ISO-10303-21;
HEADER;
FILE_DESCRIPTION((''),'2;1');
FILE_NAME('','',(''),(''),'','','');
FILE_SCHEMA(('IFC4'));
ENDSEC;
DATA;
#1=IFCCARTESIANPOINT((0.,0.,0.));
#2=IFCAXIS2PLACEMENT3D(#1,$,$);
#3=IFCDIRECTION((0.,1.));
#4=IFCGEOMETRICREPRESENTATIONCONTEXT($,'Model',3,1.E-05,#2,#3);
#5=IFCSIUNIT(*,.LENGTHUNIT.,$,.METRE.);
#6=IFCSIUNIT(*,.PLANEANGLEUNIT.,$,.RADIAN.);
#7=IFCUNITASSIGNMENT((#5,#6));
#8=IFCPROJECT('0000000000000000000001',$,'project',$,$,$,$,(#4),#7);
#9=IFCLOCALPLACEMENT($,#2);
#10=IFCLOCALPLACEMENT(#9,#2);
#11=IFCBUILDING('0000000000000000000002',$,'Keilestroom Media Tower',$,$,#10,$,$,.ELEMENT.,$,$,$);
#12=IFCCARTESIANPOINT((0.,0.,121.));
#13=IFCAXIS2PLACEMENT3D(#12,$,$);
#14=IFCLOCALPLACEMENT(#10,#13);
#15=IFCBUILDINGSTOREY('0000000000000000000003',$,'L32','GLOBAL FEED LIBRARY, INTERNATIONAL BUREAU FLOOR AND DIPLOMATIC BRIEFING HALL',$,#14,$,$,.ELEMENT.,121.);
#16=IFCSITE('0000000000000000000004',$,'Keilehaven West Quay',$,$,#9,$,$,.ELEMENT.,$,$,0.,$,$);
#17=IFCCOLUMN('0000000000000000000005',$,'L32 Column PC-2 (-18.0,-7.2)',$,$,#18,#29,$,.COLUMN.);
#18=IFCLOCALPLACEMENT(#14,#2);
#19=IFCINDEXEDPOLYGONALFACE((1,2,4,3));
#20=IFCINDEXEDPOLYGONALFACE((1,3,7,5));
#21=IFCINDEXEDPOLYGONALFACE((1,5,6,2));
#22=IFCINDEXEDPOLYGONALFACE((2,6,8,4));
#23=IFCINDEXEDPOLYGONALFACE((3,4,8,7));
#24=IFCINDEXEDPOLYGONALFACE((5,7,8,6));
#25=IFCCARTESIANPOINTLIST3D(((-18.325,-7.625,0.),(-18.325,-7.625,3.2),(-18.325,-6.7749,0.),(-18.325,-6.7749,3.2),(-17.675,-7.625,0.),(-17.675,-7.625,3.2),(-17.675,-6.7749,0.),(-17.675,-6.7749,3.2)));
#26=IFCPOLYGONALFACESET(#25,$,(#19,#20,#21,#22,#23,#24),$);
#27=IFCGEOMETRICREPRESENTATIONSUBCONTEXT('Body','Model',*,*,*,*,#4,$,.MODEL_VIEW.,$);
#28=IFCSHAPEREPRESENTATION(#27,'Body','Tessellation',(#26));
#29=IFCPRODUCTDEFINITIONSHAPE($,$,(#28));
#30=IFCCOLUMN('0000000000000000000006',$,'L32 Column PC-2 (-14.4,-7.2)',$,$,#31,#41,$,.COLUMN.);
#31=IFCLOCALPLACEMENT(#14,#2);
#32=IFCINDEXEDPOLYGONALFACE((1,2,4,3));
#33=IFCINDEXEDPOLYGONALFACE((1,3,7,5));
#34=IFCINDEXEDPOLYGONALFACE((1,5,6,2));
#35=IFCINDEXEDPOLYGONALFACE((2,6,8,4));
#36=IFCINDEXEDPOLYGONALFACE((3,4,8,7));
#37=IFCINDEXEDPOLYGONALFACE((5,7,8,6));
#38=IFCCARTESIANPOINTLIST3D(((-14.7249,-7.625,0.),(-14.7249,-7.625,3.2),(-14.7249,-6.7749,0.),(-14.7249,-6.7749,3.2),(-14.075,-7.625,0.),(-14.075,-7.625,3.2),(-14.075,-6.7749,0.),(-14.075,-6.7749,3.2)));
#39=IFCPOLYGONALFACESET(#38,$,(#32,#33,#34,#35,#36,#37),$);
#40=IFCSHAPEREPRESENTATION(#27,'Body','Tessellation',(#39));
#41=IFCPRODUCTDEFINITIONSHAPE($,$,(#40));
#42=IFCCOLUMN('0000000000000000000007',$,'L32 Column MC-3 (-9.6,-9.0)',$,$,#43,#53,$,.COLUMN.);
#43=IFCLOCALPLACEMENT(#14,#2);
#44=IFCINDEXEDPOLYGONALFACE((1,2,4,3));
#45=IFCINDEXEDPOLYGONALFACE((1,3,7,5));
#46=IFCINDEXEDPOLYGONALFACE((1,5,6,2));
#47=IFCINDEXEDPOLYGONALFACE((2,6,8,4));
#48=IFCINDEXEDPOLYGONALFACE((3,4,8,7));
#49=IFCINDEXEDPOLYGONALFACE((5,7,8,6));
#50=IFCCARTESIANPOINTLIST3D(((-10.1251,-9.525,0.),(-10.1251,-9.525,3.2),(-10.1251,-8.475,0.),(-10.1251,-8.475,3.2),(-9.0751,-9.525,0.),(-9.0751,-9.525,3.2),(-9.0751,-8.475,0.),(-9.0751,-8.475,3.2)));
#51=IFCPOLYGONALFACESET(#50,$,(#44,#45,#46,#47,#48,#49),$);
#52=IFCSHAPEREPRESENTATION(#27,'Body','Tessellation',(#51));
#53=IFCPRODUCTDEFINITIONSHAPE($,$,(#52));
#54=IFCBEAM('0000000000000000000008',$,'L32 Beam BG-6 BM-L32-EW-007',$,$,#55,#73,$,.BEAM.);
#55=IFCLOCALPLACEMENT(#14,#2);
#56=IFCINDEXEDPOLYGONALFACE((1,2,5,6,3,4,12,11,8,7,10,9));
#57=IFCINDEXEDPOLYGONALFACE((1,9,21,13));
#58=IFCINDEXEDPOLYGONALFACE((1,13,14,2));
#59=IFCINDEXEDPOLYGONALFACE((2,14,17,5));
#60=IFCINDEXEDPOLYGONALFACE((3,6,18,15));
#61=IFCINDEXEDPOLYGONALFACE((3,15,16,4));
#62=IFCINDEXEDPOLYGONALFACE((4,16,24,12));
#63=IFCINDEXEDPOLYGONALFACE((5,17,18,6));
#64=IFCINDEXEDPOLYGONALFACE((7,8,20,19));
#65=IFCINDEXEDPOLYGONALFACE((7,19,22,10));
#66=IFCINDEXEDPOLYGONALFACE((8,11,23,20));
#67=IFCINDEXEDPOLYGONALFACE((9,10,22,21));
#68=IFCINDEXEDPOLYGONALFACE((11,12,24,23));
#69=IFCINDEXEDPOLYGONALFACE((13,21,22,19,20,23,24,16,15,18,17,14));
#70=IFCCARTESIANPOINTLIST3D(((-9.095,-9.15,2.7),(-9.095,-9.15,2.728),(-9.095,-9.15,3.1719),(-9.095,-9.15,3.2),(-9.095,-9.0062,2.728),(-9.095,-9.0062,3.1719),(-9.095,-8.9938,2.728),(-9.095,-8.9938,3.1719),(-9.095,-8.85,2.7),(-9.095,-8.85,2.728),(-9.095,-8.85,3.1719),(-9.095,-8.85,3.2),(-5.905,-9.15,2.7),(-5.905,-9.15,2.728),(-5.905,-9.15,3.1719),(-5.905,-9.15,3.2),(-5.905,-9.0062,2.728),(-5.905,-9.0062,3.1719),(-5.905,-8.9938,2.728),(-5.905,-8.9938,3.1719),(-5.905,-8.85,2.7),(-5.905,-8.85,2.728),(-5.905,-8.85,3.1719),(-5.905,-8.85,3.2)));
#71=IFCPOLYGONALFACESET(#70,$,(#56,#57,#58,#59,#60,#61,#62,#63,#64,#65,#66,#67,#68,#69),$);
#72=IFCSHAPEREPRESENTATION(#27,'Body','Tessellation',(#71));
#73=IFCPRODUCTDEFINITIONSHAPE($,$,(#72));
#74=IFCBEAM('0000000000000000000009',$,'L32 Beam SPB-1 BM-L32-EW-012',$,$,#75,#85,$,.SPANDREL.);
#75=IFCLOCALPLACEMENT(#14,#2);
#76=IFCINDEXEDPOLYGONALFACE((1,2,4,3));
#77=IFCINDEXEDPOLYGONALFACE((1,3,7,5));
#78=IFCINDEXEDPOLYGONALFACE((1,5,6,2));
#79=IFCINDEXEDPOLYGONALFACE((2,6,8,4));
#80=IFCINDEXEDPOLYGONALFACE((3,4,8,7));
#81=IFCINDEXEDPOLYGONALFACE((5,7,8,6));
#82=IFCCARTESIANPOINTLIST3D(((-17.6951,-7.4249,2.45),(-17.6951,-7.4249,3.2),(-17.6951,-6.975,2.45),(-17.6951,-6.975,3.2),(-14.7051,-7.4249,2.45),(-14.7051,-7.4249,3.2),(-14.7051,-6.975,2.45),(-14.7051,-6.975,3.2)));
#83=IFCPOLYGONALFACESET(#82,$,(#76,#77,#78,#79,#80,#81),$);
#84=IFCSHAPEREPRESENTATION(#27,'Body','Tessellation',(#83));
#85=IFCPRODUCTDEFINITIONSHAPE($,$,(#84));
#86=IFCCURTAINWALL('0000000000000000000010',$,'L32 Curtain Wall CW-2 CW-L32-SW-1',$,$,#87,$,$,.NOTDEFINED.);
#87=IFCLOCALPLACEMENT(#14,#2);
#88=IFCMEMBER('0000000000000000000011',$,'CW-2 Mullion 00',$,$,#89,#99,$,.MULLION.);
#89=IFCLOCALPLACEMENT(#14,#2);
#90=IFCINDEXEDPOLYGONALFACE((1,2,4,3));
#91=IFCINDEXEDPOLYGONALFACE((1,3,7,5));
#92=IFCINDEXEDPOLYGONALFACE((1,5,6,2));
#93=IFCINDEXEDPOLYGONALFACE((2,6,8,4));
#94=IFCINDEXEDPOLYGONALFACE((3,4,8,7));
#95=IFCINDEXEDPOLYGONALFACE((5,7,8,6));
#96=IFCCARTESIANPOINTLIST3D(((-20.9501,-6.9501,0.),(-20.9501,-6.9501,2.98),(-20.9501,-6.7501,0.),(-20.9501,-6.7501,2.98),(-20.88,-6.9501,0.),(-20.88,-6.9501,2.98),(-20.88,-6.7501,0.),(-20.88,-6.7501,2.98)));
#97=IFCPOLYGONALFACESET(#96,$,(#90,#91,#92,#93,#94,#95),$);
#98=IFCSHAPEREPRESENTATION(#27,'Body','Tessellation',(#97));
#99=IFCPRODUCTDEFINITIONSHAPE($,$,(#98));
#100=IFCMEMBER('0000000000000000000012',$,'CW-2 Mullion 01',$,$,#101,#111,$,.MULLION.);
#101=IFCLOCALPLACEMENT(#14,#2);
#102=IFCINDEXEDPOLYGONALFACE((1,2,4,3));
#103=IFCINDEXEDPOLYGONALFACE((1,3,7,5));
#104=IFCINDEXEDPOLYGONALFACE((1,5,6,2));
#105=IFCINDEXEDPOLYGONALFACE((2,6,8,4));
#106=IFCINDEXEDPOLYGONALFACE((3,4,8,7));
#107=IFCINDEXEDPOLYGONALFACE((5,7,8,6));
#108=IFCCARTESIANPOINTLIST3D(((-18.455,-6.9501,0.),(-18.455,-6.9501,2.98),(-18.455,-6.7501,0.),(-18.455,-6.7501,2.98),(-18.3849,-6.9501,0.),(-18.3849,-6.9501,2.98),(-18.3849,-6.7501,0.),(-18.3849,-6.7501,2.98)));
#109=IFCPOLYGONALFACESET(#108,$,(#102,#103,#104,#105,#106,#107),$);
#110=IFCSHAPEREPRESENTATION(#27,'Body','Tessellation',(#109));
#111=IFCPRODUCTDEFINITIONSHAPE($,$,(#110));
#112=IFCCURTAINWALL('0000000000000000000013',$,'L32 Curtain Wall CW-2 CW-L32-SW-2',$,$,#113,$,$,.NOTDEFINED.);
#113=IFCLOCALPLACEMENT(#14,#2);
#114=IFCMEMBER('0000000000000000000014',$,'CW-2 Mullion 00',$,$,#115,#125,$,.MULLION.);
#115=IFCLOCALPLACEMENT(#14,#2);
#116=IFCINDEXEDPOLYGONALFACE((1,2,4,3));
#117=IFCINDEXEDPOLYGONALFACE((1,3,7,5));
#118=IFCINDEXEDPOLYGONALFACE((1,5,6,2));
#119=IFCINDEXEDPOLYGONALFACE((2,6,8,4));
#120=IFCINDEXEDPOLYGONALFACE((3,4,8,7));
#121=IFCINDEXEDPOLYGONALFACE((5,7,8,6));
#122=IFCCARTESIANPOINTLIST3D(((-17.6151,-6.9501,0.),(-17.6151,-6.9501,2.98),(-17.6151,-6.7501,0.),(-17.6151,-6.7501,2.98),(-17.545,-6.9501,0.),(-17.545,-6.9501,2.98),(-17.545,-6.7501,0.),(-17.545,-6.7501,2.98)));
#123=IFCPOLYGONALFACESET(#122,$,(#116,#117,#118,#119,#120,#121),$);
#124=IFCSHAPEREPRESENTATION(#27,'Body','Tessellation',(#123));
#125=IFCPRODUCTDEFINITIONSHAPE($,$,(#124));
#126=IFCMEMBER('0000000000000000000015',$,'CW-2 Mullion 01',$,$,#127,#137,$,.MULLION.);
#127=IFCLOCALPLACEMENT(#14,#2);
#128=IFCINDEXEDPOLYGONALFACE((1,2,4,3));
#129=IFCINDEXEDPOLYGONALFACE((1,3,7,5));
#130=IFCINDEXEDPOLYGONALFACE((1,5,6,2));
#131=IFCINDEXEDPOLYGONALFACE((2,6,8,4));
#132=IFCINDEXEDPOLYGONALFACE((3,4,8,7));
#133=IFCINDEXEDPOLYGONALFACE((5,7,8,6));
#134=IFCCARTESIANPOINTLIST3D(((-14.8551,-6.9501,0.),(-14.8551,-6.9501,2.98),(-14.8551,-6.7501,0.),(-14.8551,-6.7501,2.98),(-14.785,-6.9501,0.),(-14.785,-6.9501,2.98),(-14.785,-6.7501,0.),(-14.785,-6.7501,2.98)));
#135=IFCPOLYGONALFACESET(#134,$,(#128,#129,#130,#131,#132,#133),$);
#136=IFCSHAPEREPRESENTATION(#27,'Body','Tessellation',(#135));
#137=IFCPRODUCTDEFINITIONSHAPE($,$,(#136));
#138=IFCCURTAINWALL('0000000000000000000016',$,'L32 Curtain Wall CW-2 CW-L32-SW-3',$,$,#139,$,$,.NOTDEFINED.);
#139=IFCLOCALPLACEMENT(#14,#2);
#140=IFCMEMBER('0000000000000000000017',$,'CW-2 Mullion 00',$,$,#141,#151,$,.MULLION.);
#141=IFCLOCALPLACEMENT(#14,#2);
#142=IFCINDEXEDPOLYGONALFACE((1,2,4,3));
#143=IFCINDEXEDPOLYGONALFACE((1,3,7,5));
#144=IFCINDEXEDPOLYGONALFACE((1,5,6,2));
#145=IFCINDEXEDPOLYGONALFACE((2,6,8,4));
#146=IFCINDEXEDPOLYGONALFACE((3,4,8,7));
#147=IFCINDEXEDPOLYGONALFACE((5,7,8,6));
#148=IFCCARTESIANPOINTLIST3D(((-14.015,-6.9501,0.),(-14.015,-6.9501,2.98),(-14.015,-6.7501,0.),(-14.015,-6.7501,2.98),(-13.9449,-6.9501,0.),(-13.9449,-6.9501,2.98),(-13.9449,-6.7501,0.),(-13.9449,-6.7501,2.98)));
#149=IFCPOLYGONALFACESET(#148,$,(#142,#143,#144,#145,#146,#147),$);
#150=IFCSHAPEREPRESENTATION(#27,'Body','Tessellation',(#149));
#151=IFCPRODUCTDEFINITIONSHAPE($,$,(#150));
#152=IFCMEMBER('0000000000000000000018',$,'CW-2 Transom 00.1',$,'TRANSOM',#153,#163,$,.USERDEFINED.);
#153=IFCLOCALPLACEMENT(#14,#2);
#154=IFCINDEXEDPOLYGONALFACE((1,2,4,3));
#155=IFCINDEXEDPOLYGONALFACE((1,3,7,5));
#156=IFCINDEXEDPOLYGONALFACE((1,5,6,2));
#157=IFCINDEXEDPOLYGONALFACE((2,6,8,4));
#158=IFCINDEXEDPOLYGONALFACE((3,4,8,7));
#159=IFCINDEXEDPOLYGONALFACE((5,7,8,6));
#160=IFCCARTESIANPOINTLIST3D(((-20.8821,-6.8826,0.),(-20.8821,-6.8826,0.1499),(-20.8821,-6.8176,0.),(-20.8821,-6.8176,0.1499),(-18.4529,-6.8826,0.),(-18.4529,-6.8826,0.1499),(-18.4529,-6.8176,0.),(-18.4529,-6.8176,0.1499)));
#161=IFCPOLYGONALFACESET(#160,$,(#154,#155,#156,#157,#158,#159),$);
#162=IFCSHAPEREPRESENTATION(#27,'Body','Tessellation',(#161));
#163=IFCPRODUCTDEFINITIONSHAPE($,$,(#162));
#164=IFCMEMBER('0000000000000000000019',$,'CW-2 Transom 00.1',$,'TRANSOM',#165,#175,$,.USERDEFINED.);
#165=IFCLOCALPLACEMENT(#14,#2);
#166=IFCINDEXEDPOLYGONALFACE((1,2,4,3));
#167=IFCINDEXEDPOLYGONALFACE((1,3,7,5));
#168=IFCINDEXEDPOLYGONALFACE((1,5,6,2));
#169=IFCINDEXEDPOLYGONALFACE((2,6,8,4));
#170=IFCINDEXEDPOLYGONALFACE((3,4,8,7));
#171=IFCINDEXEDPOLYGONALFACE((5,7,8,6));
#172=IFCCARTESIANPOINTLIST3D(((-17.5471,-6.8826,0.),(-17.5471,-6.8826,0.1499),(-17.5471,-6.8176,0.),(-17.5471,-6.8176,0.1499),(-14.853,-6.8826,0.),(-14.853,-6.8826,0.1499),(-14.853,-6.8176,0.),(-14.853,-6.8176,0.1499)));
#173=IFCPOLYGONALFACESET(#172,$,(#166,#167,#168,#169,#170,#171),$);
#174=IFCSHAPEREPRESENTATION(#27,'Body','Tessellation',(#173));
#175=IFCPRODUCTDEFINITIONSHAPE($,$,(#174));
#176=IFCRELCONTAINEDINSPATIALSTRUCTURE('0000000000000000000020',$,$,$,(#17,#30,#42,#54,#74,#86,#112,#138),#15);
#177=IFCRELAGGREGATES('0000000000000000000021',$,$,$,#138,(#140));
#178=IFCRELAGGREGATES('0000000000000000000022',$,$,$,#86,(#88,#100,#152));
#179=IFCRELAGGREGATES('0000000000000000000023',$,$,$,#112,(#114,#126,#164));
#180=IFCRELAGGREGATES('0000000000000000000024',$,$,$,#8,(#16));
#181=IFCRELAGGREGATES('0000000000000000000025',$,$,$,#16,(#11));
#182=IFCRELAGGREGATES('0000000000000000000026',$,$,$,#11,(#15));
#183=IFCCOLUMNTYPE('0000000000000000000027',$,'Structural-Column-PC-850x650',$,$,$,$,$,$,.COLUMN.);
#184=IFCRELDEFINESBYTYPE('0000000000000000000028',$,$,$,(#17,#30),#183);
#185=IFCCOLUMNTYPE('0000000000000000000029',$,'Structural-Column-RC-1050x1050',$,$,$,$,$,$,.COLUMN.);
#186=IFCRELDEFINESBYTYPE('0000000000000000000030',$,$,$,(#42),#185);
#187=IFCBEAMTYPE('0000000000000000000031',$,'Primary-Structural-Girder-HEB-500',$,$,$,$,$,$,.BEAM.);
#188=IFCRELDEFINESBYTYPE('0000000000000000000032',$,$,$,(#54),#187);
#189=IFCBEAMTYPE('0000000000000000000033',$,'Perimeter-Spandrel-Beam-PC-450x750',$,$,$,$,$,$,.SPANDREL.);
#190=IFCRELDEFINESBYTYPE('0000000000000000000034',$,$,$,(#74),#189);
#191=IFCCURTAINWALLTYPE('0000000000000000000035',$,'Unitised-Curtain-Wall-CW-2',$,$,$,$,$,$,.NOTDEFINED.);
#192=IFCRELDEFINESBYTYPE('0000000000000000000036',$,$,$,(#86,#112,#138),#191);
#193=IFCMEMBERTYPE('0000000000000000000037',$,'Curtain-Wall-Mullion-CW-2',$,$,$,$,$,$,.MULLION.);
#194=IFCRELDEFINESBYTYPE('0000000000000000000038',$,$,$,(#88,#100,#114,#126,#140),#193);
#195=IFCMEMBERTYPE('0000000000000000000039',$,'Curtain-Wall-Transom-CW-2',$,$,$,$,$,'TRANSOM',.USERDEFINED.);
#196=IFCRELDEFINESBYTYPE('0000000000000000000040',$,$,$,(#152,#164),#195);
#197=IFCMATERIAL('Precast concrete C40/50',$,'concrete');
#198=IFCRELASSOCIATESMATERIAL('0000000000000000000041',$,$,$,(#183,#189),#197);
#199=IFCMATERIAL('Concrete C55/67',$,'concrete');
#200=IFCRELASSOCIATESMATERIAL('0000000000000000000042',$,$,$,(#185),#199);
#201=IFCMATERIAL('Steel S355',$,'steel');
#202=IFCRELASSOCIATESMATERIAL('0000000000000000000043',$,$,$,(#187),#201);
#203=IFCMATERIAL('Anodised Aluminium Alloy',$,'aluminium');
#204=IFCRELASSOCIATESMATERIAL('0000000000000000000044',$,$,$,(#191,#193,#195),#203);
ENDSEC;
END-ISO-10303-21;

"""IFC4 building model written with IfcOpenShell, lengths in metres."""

from ifc_helpers import new_model, si_unit, direction, frame, origin, origin_2d, place, context, subcontext, project, spatial, rectangle, i_section, extrude, source, transform, mapped, material, material_profile, profile_set, type_object, element, aggregate, save


model = new_model("IFC4")

# Units and contexts
model_context = context("Model", 3, precision=1e-05, world=origin(), true_north=direction((0.0, 1.0)))
body_context = subcontext(model_context, "Body", "Model", "MODEL_VIEW")
ifc_project = project(units=[si_unit("LENGTHUNIT", "METRE"), si_unit("PLANEANGLEUNIT", "RADIAN")], contexts=[model_context])

# Site, building, storey
site_placement = place(None, origin())
site = spatial("IfcSite", under=ifc_project, at=site_placement, Name="Keilehaven West Quay", CompositionType="ELEMENT", RefElevation=0.0)
building_placement = place(site_placement, origin())
building = spatial("IfcBuilding", under=site, at=building_placement, Name="Keilestroom Media Tower", CompositionType="ELEMENT")
storey_placement = place(building_placement, frame((0.0, 0.0, 121.0)))
storey = spatial("IfcBuildingStorey", under=building, at=storey_placement, Name="L32", Description="GLOBAL FEED LIBRARY, INTERNATIONAL BUREAU FLOOR AND DIPLOMATIC BRIEFING HALL", CompositionType="ELEMENT", Elevation=121.0)

# Columns
ifc_material_1 = material(Name="Precast concrete C40/50", Category="concrete")
ifc_material_profile_1 = material_profile(ifc_material_1, rectangle(XDim=0.6499, YDim=0.8501, at=origin_2d()), Name="PC 850x650")
ifc_profile_set_1 = profile_set([ifc_material_profile_1], Name="Precast concrete C40/50")
column_type_1 = type_object("IfcColumnType", Name="Structural-Column-PC-850x650", PredefinedType="COLUMN", material=ifc_profile_set_1)
shared_shape_1 = source(origin(), body_context, "Body", "SweptSolid", [
    extrude(rectangle(XDim=0.6499, YDim=0.8501, at=origin_2d()), origin(), (0.0, 0.0, 1.0), 3.2),
])
for number, where, z_axis, x_axis, name in (
    (1, (-18.0, -7.2, 0.0), (0.0, 0.0, 1.0), (1.0, 0.0, 0.0), "L32 Column PC-2 (-18.0,-7.2)"),
    (2, (-14.3999, -7.2, 0.0), (0.0, 0.0, 1.0), (1.0, 0.0, 0.0), "L32 Column PC-2 (-14.4,-7.2)"),
):
    element("IfcColumn", number, at=place(storey_placement, frame(where, z_axis=z_axis, x_axis=x_axis)), inside=storey, type_object=column_type_1, Name=name, PredefinedType="COLUMN", context=body_context, shape_type="MappedRepresentation", body=[
        mapped(shared_shape_1, transform((0.0, 0.0, 0.0), x_axis=(1.0, 0.0, 0.0), y_axis=(0.0, 1.0, 0.0), z_axis=(0.0, 0.0, 1.0), scale=1.0)),
    ])
ifc_material_2 = material(Name="Concrete C55/67", Category="concrete")
ifc_material_profile_2 = material_profile(ifc_material_2, rectangle(XDim=1.05, YDim=1.05, at=origin_2d()), Name="RC 1050x1050")
ifc_profile_set_2 = profile_set([ifc_material_profile_2], Name="Concrete C55/67")
column_type_2 = type_object("IfcColumnType", Name="Structural-Column-RC-1050x1050", PredefinedType="COLUMN", material=ifc_profile_set_2)
shared_shape_2 = source(origin(), body_context, "Body", "SweptSolid", [
    extrude(rectangle(XDim=1.05, YDim=1.05, at=origin_2d()), origin(), (0.0, 0.0, 1.0), 3.2),
])
column_placement = place(storey_placement, frame((-9.6001, -9.0, 0.0), z_axis=(0.0, 0.0, 1.0), x_axis=(1.0, 0.0, 0.0)))
element("IfcColumn", 3, at=column_placement, inside=storey, type_object=column_type_2, Name="L32 Column MC-3 (-9.6,-9.0)", PredefinedType="COLUMN", context=body_context, shape_type="MappedRepresentation", body=[
    mapped(shared_shape_2, transform((0.0, 0.0, 0.0), x_axis=(1.0, 0.0, 0.0), y_axis=(0.0, 1.0, 0.0), z_axis=(0.0, 0.0, 1.0), scale=1.0)),
])

# Beams
ifc_material_3 = material(Name="Steel S355", Category="steel")
ifc_material_profile_3 = material_profile(ifc_material_3, i_section(OverallWidth=0.3, OverallDepth=0.5, WebThickness=0.0125, FlangeThickness=0.0281, at=origin_2d()), Name="HEB 500")
ifc_profile_set_3 = profile_set([ifc_material_profile_3], Name="Steel S355")
beam_type_1 = type_object("IfcBeamType", Name="Primary-Structural-Girder-HEB-500", PredefinedType="BEAM", material=ifc_profile_set_3)
shared_shape_3 = source(origin(), body_context, "Body", "SweptSolid", [
    extrude(i_section(OverallWidth=0.3, OverallDepth=0.5, WebThickness=0.0125, FlangeThickness=0.0281, at=origin_2d()), origin(), (0.0, 0.0, 1.0), 3.1899),
])
beam_1_placement = place(storey_placement, frame((-9.095, -9.0, 2.95), z_axis=(1.0, 0.0, 0.0), x_axis=(0.0, 1.0, 0.0)))
element("IfcBeam", 4, at=beam_1_placement, inside=storey, type_object=beam_type_1, Name="L32 Beam BG-6 BM-L32-EW-007", PredefinedType="BEAM", context=body_context, shape_type="MappedRepresentation", body=[
    mapped(shared_shape_3, transform((0.0, 0.0, 0.0), x_axis=(1.0, 0.0, 0.0), y_axis=(0.0, 1.0, 0.0), z_axis=(0.0, 0.0, 1.0), scale=1.0)),
])
ifc_material_profile_4 = material_profile(ifc_material_1, rectangle(XDim=0.45, YDim=0.75, at=origin_2d()), Name="PC 450x750")
ifc_profile_set_4 = profile_set([ifc_material_profile_4], Name="Precast concrete C40/50")
beam_type_2 = type_object("IfcBeamType", Name="Perimeter-Spandrel-Beam-PC-450x750", PredefinedType="SPANDREL", material=ifc_profile_set_4)
shared_shape_4 = source(origin(), body_context, "Body", "SweptSolid", [
    extrude(rectangle(XDim=0.45, YDim=0.75, at=origin_2d()), origin(), (0.0, 0.0, 1.0), 2.99),
])
beam_2_placement = place(storey_placement, frame((-17.6951, -7.2, 2.825), z_axis=(1.0, 0.0, 0.0), x_axis=(0.0, 1.0, 0.0)))
element("IfcBeam", 5, at=beam_2_placement, inside=storey, type_object=beam_type_2, Name="L32 Beam SPB-1 BM-L32-EW-012", PredefinedType="SPANDREL", context=body_context, shape_type="MappedRepresentation", body=[
    mapped(shared_shape_4, transform((0.0, 0.0, 0.0), x_axis=(1.0, 0.0, 0.0), y_axis=(0.0, 1.0, 0.0), z_axis=(0.0, 0.0, 1.0), scale=1.0)),
])

# Curtain walls, members
ifc_material_4 = material(Name="Anodised Aluminium Alloy", Category="aluminium")
curtain_wall_type = type_object("IfcCurtainWallType", Name="Unitised-Curtain-Wall-CW-2", PredefinedType="NOTDEFINED", material=ifc_material_4)
curtain_wall_1_placement = place(storey_placement, origin())
curtain_wall_1 = element("IfcCurtainWall", 6, at=curtain_wall_1_placement, inside=storey, type_object=curtain_wall_type, Name="L32 Curtain Wall CW-2 CW-L32-SW-1", PredefinedType="NOTDEFINED")
ifc_material_profile_5 = material_profile(ifc_material_4, rectangle(XDim=0.0701, YDim=0.2, at=origin_2d()), Name="ALU MULLION 70x200")
ifc_profile_set_5 = profile_set([ifc_material_profile_5], Name="Anodised Aluminium Alloy")
member_type_1 = type_object("IfcMemberType", Name="Curtain-Wall-Mullion-CW-2", PredefinedType="MULLION", material=ifc_profile_set_5)
shared_shape_5 = source(origin(), body_context, "Body", "SweptSolid", [
    extrude(rectangle(XDim=0.0701, YDim=0.2, at=origin_2d()), origin(), (0.0, 0.0, 1.0), 2.98),
])
member_1_placement = place(storey_placement, frame((-20.915, -6.8501, 0.0), z_axis=(0.0, 0.0, 1.0), x_axis=(1.0, 0.0, 0.0)))
member_1 = element("IfcMember", 7, at=member_1_placement, type_object=member_type_1, Name="CW-2 Mullion 00", PredefinedType="MULLION", context=body_context, shape_type="MappedRepresentation", body=[
    mapped(shared_shape_5, transform((0.0, 0.0, 0.0), x_axis=(1.0, 0.0, 0.0), y_axis=(0.0, 1.0, 0.0), z_axis=(0.0, 0.0, 1.0), scale=1.0)),
])
member_2_placement = place(storey_placement, frame((-18.4199, -6.8501, 0.0), z_axis=(0.0, 0.0, 1.0), x_axis=(1.0, 0.0, 0.0)))
member_2 = element("IfcMember", 8, at=member_2_placement, type_object=member_type_1, Name="CW-2 Mullion 01", PredefinedType="MULLION", context=body_context, shape_type="MappedRepresentation", body=[
    mapped(shared_shape_5, transform((0.0, 0.0, 0.0), x_axis=(1.0, 0.0, 0.0), y_axis=(0.0, 1.0, 0.0), z_axis=(0.0, 0.0, 1.0), scale=1.0)),
])
curtain_wall_2_placement = place(storey_placement, origin())
curtain_wall_2 = element("IfcCurtainWall", 9, at=curtain_wall_2_placement, inside=storey, type_object=curtain_wall_type, Name="L32 Curtain Wall CW-2 CW-L32-SW-2", PredefinedType="NOTDEFINED")
member_3_placement = place(storey_placement, frame((-17.5801, -6.8501, 0.0), z_axis=(0.0, 0.0, 1.0), x_axis=(1.0, 0.0, 0.0)))
member_3 = element("IfcMember", 10, at=member_3_placement, type_object=member_type_1, Name="CW-2 Mullion 00", PredefinedType="MULLION", context=body_context, shape_type="MappedRepresentation", body=[
    mapped(shared_shape_5, transform((0.0, 0.0, 0.0), x_axis=(1.0, 0.0, 0.0), y_axis=(0.0, 1.0, 0.0), z_axis=(0.0, 0.0, 1.0), scale=1.0)),
])
member_4_placement = place(storey_placement, frame((-14.8201, -6.8501, 0.0), z_axis=(0.0, 0.0, 1.0), x_axis=(1.0, 0.0, 0.0)))
member_4 = element("IfcMember", 11, at=member_4_placement, type_object=member_type_1, Name="CW-2 Mullion 01", PredefinedType="MULLION", context=body_context, shape_type="MappedRepresentation", body=[
    mapped(shared_shape_5, transform((0.0, 0.0, 0.0), x_axis=(1.0, 0.0, 0.0), y_axis=(0.0, 1.0, 0.0), z_axis=(0.0, 0.0, 1.0), scale=1.0)),
])

# Curtain wall, member
curtain_wall_3_placement = place(storey_placement, origin())
curtain_wall_3 = element("IfcCurtainWall", 12, at=curtain_wall_3_placement, inside=storey, type_object=curtain_wall_type, Name="L32 Curtain Wall CW-2 CW-L32-SW-3", PredefinedType="NOTDEFINED")
member_5_placement = place(storey_placement, frame((-13.98, -6.8501, 0.0), z_axis=(0.0, 0.0, 1.0), x_axis=(1.0, 0.0, 0.0)))
member_5 = element("IfcMember", 13, at=member_5_placement, type_object=member_type_1, Name="CW-2 Mullion 00", PredefinedType="MULLION", context=body_context, shape_type="MappedRepresentation", body=[
    mapped(shared_shape_5, transform((0.0, 0.0, 0.0), x_axis=(1.0, 0.0, 0.0), y_axis=(0.0, 1.0, 0.0), z_axis=(0.0, 0.0, 1.0), scale=1.0)),
])
aggregate(curtain_wall_3, [member_5])

# Members
ifc_material_profile_6 = material_profile(ifc_material_4, rectangle(XDim=0.0649, YDim=0.1499, at=origin_2d()), Name="ALU TRANSOM 65x150")
ifc_profile_set_6 = profile_set([ifc_material_profile_6], Name="Anodised Aluminium Alloy")
member_type_2 = type_object("IfcMemberType", Name="Curtain-Wall-Transom-CW-2", ElementType="TRANSOM", PredefinedType="USERDEFINED", material=ifc_profile_set_6)
shared_shape_6 = source(origin(), body_context, "Body", "SweptSolid", [
    extrude(rectangle(XDim=0.0649, YDim=0.1499, at=origin_2d()), origin(), (0.0, 0.0, 1.0), 2.4292),
])
member_6_placement = place(storey_placement, frame((-20.8821, -6.8501, 0.075), z_axis=(1.0, 0.0, 0.0), x_axis=(0.0, 1.0, 0.0)))
member_6 = element("IfcMember", 14, at=member_6_placement, type_object=member_type_2, Name="CW-2 Transom 00.1", ObjectType="TRANSOM", PredefinedType="USERDEFINED", context=body_context, shape_type="MappedRepresentation", body=[
    mapped(shared_shape_6, transform((0.0, 0.0, 0.0), x_axis=(1.0, 0.0, 0.0), y_axis=(0.0, 1.0, 0.0), z_axis=(0.0, 0.0, 1.0), scale=1.0)),
])
shared_shape_7 = source(origin(), body_context, "Body", "SweptSolid", [
    extrude(rectangle(XDim=0.0649, YDim=0.1499, at=origin_2d()), origin(), (0.0, 0.0, 1.0), 2.6941),
])
member_7_placement = place(storey_placement, frame((-17.5471, -6.8501, 0.075), z_axis=(1.0, 0.0, 0.0), x_axis=(0.0, 1.0, 0.0)))
member_7 = element("IfcMember", 15, at=member_7_placement, type_object=member_type_2, Name="CW-2 Transom 00.1", ObjectType="TRANSOM", PredefinedType="USERDEFINED", context=body_context, shape_type="MappedRepresentation", body=[
    mapped(shared_shape_7, transform((0.0, 0.0, 0.0), x_axis=(1.0, 0.0, 0.0), y_axis=(0.0, 1.0, 0.0), z_axis=(0.0, 0.0, 1.0), scale=1.0)),
])

aggregate(curtain_wall_1, [member_1, member_2, member_6])
aggregate(curtain_wall_2, [member_3, member_4, member_7])

save(model, "model.ifc")
